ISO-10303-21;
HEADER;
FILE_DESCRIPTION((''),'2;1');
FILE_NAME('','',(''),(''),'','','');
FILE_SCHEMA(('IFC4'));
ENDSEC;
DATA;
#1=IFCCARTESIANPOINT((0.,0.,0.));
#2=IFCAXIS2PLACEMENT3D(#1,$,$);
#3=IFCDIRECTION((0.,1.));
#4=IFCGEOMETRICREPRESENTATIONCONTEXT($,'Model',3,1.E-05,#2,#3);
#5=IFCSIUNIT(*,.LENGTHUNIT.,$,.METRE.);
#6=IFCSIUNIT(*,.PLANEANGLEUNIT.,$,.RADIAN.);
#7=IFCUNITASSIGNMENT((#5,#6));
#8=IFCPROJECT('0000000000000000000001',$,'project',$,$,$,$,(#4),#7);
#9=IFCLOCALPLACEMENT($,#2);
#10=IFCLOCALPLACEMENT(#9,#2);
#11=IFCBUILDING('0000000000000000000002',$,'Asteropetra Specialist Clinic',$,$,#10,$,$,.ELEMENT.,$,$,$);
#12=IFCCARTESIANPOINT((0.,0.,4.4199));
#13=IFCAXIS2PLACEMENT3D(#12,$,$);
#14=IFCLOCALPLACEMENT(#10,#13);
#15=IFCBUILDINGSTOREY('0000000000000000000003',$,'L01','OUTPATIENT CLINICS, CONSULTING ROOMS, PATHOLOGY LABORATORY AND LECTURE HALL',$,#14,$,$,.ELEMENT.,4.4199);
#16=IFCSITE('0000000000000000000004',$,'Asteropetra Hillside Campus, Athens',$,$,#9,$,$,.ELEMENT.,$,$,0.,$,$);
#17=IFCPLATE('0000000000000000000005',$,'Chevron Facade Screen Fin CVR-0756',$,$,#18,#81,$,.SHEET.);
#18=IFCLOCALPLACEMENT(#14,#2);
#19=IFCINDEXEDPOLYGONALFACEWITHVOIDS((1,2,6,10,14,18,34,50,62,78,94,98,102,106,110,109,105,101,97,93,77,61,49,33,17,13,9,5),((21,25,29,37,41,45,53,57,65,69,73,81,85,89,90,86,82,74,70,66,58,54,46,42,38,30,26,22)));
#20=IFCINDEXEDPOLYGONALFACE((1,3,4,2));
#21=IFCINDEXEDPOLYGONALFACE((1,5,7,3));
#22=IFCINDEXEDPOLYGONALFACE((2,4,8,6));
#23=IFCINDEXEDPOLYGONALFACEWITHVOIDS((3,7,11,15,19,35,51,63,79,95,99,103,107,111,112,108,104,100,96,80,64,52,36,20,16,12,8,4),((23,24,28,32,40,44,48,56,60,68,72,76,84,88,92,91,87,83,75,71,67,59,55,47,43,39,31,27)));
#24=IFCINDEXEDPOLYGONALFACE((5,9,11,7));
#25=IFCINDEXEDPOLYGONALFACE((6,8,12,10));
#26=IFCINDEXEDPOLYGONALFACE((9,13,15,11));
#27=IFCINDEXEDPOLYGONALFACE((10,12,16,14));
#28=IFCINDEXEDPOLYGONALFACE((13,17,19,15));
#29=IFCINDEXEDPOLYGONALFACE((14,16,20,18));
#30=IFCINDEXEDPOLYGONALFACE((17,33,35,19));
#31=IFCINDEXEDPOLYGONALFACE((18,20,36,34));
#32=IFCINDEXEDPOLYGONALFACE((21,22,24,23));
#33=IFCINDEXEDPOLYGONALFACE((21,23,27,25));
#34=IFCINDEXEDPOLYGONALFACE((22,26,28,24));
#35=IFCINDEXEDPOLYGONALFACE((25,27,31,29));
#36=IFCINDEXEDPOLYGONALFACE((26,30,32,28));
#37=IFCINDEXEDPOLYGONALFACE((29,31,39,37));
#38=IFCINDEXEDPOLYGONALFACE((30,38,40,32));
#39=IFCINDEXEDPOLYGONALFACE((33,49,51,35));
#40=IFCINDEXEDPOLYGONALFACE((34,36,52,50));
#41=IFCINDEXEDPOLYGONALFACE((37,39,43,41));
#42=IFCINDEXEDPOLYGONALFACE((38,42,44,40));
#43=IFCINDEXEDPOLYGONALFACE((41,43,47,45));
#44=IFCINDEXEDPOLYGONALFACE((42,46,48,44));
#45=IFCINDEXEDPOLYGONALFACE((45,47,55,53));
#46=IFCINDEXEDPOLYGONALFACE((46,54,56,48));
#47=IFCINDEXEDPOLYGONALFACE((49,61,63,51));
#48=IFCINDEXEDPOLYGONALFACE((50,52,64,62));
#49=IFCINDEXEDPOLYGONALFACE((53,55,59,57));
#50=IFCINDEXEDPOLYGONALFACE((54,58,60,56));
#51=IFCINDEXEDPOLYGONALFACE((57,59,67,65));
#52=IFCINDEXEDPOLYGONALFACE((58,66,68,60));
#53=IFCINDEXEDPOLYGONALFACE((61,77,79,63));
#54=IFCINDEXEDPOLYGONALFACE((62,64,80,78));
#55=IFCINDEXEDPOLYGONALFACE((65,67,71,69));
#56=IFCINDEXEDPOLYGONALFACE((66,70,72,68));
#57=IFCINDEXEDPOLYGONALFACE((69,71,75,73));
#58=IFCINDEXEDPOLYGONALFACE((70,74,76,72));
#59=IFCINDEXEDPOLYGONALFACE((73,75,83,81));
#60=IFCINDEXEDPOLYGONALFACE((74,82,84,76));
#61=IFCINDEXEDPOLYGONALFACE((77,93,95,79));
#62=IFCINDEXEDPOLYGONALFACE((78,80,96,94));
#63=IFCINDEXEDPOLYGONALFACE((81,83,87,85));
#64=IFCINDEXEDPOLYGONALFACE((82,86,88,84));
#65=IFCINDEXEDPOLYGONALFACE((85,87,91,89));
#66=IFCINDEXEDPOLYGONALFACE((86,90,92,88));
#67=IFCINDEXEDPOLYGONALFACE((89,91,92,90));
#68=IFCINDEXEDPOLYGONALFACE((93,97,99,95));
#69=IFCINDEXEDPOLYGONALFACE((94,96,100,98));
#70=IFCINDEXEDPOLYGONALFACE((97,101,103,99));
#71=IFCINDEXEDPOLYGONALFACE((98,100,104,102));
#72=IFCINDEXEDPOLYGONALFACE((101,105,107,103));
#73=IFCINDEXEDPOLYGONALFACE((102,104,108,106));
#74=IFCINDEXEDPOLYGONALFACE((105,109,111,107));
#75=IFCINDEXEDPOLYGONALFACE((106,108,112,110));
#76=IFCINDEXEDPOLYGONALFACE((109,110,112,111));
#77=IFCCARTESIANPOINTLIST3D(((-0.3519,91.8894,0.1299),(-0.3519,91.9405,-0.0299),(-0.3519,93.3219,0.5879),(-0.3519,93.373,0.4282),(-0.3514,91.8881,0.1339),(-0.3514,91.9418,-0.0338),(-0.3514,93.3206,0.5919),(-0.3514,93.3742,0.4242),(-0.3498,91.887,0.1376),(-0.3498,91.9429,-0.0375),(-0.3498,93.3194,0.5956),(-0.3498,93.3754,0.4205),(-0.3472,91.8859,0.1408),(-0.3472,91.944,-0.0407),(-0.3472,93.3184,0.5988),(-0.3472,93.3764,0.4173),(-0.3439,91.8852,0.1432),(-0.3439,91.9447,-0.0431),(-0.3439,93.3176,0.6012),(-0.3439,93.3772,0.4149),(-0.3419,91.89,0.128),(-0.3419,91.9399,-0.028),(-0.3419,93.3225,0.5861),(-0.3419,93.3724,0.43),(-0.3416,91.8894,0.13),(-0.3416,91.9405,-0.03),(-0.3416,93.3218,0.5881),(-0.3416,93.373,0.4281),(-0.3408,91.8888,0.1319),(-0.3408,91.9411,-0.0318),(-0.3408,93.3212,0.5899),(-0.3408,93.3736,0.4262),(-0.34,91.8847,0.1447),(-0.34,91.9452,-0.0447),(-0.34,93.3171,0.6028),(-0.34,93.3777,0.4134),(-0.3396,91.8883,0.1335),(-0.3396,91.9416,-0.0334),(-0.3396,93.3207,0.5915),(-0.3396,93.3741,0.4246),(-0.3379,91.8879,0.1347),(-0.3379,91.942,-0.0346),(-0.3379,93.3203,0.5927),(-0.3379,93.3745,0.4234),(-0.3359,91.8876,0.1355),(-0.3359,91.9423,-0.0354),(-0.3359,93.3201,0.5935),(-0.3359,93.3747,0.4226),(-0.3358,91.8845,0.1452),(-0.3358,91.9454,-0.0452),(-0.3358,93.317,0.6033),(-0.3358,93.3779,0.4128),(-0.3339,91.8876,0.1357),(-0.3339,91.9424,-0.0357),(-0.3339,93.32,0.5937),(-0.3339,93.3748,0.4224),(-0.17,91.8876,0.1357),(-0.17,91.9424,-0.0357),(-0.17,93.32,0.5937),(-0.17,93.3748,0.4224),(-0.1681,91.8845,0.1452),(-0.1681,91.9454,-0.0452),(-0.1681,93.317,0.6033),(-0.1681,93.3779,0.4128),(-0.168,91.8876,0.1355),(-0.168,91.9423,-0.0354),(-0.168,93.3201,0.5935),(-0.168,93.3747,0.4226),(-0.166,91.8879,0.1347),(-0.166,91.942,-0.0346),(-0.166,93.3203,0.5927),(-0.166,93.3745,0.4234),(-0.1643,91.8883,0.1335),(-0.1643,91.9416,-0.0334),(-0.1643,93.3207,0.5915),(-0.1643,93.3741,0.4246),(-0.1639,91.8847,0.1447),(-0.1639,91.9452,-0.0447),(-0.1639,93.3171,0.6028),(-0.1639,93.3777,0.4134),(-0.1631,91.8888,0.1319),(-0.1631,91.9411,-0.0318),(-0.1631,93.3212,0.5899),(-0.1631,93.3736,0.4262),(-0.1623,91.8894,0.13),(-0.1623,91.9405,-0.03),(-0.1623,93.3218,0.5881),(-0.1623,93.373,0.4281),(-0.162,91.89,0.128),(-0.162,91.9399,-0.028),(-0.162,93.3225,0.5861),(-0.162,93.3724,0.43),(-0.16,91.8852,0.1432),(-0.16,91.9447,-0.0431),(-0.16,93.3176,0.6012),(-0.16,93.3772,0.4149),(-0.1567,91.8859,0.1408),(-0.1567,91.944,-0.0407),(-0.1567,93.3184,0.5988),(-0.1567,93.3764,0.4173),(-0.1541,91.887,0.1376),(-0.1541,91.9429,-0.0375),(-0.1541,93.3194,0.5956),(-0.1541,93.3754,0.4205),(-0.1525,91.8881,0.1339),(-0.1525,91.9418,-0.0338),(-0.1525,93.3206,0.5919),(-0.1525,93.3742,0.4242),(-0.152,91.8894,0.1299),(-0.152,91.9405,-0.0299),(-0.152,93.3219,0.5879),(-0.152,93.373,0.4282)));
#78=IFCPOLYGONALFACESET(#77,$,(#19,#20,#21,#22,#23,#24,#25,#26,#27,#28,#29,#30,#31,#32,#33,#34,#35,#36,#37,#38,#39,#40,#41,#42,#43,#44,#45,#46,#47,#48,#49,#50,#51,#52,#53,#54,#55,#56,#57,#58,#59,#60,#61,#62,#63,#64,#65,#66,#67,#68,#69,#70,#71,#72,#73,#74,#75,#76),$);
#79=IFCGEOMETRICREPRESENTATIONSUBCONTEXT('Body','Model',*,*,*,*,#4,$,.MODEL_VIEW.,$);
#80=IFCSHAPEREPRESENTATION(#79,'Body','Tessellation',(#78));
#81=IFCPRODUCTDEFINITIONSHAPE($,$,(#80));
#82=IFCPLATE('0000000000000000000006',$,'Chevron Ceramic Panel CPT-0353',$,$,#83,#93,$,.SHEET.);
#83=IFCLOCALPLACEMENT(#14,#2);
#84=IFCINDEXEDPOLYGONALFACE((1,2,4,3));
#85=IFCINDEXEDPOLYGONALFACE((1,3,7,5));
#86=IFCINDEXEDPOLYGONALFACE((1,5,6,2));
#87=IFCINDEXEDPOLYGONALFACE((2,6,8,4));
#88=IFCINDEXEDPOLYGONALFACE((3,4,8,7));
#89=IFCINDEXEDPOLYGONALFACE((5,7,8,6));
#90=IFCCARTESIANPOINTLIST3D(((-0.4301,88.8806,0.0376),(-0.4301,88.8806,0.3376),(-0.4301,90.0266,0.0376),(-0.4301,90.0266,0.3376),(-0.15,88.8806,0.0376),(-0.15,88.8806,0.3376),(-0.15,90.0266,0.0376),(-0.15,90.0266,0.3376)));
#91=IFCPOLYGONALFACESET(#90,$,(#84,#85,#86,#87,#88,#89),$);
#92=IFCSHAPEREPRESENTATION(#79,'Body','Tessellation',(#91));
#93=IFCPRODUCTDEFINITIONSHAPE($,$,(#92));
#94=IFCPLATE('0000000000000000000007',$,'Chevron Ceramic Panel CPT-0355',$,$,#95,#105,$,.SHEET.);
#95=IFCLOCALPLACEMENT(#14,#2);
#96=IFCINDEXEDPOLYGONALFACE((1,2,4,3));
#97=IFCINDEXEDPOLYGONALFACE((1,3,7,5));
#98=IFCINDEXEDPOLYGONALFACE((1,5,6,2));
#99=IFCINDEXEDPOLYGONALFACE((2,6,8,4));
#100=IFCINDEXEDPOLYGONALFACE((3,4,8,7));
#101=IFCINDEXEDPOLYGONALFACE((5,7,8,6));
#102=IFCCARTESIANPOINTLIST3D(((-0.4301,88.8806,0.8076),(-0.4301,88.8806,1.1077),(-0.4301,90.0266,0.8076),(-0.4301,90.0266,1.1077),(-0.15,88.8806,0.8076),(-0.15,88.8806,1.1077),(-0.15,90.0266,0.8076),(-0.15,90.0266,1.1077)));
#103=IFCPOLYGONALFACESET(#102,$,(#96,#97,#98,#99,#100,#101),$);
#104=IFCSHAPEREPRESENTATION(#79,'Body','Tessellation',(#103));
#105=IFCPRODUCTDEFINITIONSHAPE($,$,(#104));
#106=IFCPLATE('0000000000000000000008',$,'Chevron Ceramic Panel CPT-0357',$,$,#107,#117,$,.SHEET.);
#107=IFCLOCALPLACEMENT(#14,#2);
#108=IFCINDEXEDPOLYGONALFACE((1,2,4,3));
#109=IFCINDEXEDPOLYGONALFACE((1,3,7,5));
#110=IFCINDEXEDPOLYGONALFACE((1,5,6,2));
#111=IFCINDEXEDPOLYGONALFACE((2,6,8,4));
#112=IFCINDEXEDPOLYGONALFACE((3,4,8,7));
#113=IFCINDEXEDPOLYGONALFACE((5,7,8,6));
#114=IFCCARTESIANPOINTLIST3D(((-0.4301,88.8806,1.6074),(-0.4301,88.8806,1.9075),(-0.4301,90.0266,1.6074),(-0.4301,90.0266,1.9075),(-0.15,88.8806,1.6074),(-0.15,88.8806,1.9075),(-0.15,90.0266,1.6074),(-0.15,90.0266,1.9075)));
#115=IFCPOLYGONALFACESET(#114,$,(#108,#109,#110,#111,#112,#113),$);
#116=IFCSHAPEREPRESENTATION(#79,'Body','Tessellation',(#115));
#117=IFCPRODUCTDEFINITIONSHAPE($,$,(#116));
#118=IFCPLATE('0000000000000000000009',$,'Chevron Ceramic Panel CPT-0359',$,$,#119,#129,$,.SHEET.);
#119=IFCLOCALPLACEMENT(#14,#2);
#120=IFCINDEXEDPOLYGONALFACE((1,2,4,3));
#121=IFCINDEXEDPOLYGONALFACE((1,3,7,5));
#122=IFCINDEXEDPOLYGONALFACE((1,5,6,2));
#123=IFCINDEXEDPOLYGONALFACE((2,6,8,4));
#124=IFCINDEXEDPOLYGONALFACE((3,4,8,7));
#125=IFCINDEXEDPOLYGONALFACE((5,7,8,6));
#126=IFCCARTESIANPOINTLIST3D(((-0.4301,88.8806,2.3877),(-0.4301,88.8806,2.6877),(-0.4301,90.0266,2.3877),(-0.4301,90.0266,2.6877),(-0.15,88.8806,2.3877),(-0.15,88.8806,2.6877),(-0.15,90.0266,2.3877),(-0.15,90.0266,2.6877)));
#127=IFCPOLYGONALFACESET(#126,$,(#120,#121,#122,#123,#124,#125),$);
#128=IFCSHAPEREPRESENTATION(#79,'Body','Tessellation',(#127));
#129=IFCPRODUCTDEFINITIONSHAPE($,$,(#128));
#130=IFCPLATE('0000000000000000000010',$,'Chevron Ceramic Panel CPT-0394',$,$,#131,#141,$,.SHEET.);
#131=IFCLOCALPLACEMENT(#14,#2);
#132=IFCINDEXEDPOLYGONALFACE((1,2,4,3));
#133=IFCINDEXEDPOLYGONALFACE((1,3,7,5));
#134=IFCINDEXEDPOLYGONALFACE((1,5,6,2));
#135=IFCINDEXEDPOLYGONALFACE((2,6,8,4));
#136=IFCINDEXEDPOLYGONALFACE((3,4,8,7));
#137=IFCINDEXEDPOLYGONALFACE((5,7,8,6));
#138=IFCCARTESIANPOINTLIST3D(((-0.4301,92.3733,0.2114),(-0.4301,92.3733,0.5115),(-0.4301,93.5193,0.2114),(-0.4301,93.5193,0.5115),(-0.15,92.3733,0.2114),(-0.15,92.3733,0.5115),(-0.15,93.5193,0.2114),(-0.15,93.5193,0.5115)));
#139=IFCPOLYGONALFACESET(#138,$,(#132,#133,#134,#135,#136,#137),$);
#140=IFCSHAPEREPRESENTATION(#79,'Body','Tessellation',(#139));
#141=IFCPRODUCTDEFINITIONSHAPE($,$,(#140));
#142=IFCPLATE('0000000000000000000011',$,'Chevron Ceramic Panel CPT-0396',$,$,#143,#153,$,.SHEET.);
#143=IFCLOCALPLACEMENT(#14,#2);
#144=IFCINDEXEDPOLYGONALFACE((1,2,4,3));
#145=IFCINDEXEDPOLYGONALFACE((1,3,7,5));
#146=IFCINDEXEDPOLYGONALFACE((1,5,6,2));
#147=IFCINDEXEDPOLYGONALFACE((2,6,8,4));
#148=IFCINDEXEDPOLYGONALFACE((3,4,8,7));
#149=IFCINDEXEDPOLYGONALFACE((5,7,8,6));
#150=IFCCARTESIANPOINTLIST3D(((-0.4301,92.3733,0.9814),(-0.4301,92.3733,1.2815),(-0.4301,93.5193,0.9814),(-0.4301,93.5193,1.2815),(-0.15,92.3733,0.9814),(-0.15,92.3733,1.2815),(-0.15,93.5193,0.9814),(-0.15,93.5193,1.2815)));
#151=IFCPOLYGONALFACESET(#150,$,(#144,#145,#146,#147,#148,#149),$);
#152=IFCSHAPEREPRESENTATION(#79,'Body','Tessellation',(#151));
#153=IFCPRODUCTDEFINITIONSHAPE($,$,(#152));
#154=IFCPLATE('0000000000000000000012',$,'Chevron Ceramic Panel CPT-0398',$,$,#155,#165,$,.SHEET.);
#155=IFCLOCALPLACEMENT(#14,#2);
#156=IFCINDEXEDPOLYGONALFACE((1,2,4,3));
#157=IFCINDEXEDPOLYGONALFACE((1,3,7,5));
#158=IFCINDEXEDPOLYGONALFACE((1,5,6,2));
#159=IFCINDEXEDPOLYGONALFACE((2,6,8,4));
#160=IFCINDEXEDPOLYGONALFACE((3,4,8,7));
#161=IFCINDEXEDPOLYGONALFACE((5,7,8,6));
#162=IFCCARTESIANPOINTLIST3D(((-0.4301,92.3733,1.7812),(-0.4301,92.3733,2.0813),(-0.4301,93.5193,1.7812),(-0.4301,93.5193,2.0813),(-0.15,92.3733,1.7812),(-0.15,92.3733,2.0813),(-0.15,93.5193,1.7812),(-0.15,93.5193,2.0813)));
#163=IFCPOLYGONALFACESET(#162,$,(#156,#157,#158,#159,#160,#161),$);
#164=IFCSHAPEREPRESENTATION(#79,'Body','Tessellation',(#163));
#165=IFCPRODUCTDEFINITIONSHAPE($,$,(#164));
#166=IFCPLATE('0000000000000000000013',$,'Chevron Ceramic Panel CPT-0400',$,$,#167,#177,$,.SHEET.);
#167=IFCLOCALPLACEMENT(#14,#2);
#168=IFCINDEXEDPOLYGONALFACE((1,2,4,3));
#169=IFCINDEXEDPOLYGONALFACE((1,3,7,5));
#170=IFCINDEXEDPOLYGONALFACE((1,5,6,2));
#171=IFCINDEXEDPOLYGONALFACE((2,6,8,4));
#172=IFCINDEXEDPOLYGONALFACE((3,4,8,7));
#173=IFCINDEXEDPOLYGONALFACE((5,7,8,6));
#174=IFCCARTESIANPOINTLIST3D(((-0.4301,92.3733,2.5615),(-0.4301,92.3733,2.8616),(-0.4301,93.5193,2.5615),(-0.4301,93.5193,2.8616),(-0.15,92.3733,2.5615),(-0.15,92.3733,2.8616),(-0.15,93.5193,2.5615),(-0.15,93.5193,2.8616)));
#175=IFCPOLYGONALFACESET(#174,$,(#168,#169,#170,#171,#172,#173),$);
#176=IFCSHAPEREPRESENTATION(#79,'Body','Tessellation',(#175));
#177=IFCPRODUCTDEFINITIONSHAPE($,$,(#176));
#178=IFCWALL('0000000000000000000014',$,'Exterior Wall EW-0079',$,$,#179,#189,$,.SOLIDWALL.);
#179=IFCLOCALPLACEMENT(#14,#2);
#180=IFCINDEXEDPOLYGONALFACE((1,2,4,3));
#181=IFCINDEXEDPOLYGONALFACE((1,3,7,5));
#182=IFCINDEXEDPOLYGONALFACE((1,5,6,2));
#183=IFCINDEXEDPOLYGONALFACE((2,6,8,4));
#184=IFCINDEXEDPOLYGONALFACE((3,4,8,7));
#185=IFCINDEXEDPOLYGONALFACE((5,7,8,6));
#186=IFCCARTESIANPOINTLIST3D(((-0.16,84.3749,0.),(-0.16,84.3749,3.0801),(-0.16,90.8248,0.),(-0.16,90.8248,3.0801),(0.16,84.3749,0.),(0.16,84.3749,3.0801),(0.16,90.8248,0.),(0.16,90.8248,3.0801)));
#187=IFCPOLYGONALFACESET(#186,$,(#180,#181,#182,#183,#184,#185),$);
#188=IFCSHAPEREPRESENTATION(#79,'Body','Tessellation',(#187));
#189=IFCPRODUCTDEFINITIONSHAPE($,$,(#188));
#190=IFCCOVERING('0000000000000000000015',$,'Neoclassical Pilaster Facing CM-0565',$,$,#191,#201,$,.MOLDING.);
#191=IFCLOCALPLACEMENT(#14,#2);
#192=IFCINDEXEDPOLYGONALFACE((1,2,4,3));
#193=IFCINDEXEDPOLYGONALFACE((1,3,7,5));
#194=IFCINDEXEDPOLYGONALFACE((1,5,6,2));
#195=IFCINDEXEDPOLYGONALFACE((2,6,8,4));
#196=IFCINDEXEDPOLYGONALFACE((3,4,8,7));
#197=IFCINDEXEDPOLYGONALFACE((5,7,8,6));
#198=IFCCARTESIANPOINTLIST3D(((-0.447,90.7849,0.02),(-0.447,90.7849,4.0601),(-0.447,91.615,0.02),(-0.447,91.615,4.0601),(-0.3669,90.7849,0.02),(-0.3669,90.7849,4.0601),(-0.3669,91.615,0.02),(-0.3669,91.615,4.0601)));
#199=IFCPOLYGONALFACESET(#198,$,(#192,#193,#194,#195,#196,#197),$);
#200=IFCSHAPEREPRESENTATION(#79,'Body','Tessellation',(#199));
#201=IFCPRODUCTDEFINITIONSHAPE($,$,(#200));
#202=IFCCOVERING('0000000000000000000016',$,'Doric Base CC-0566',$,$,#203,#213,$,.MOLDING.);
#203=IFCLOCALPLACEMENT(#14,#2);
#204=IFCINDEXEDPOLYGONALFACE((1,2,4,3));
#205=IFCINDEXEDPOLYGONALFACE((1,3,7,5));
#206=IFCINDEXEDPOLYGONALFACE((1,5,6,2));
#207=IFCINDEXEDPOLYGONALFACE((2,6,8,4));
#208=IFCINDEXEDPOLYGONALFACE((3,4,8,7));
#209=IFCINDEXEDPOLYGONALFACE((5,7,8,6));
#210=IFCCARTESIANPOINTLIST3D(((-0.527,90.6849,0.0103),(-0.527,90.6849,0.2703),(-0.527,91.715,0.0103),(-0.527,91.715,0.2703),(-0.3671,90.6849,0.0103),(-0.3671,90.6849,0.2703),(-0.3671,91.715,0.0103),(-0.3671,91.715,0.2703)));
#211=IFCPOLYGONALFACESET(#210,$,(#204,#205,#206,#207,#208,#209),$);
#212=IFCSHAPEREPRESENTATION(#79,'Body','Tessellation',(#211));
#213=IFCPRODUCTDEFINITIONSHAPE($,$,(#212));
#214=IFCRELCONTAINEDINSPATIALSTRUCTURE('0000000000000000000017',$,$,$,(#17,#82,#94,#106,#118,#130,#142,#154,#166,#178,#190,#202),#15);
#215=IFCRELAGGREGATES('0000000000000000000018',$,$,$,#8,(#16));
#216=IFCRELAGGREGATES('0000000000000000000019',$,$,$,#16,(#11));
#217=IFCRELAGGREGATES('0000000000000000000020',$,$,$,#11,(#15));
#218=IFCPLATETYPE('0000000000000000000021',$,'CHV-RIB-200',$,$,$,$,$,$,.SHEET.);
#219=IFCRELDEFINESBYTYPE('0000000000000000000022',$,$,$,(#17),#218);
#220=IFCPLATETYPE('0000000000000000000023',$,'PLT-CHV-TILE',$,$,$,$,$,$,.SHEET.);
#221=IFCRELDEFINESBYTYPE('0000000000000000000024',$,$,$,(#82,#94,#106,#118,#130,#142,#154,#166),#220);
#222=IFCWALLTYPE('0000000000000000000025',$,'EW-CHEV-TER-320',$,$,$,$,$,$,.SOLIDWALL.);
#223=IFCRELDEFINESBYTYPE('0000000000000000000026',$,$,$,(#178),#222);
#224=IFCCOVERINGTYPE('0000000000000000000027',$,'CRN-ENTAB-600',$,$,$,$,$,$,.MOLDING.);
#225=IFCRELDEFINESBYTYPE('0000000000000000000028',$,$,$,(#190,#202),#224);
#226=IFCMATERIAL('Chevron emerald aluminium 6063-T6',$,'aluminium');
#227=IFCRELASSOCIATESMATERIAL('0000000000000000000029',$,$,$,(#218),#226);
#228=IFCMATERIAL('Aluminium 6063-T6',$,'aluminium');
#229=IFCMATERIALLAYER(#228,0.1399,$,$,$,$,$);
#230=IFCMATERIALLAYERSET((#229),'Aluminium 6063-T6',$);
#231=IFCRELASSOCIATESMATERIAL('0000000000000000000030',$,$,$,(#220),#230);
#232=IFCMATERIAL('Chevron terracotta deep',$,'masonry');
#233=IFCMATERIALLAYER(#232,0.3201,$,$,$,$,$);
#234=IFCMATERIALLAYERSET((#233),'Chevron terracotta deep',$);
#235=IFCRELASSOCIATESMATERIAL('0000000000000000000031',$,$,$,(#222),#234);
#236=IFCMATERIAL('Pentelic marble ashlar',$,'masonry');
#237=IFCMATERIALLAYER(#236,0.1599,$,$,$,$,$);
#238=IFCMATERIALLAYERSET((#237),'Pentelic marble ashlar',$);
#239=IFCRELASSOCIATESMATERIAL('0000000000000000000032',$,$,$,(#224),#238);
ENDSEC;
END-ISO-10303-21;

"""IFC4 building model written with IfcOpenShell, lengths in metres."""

from ifc_helpers import new_model, si_unit, direction, frame, frame_2d, origin, origin_2d, place, context, subcontext, project, spatial, rectangle, hollow_rectangle, extrude, material, layer, layer_set, material_profile, profile_set, type_object, element, save


model = new_model("IFC4")

# Units and contexts
model_context = context("Model", 3, precision=1e-05, world=origin(), true_north=direction((0.0, 1.0)))
body_context = subcontext(model_context, "Body", "Model", "MODEL_VIEW")
ifc_project = project(units=[si_unit("LENGTHUNIT", "METRE"), si_unit("PLANEANGLEUNIT", "RADIAN")], contexts=[model_context])

# Site, building, storey
site_placement = place(None, origin())
site = spatial("IfcSite", under=ifc_project, at=site_placement, Name="Asteropetra Hillside Campus, Athens", CompositionType="ELEMENT", RefElevation=0.0)
building_placement = place(site_placement, origin())
building = spatial("IfcBuilding", under=site, at=building_placement, Name="Asteropetra Specialist Clinic", CompositionType="ELEMENT")
storey_placement = place(building_placement, frame((0.0, 0.0, 4.4199)))
storey = spatial("IfcBuildingStorey", under=building, at=storey_placement, Name="L01", Description="OUTPATIENT CLINICS, CONSULTING ROOMS, PATHOLOGY LABORATORY AND LECTURE HALL", CompositionType="ELEMENT", Elevation=4.4199)

# Plates
ifc_material_1 = material(Name="Chevron emerald aluminium 6063-T6", Category="aluminium")
ifc_material_profile_1 = material_profile(ifc_material_1, hollow_rectangle(XDim=0.2, YDim=0.2, WallThickness=0.01, InnerFilletRadius=0.0081, OuterFilletRadius=0.0161, at=origin_2d()), Name="SHS 200x200x10.0")
ifc_profile_set_1 = profile_set([ifc_material_profile_1], Name="Chevron emerald aluminium 6063-T6")
plate_type_1 = type_object("IfcPlateType", Name="CHV-RIB-200", PredefinedType="SHEET", material=ifc_profile_set_1)
plate_placement = place(storey_placement, frame((-0.252, 93.3474, 0.5081), z_axis=(0.0, -0.952492, -0.304564), x_axis=(1.0, 0.0, 0.0)))
element("IfcPlate", 1, at=plate_placement, inside=storey, type_object=plate_type_1, Name="Chevron Facade Screen Fin CVR-0756", PredefinedType="SHEET", context=body_context, shape_type="SweptSolid", body=[
    extrude(hollow_rectangle(XDim=0.2, YDim=0.2, WallThickness=0.01, InnerFilletRadius=0.0081, OuterFilletRadius=0.0161, at=origin_2d()), origin(), (0.0, 0.0, 1.0), 1.5039),
])
ifc_material_2 = material(Name="Aluminium 6063-T6", Category="aluminium")
ifc_layer_1 = layer(ifc_material_2, 0.1399)
ifc_layer_set_1 = layer_set([ifc_layer_1], Name="Aluminium 6063-T6")
plate_type_2 = type_object("IfcPlateType", Name="PLT-CHV-TILE", PredefinedType="SHEET", material=ifc_layer_set_1)
for number, where, z_axis, x_axis, name in (
    (2, (-0.29, 89.4536, 0.0376), (0.0, 0.0, 1.0), (1.0, 0.0, 0.0), "Chevron Ceramic Panel CPT-0353"),
    (3, (-0.29, 89.4536, 0.8076), (0.0, 0.0, 1.0), (1.0, 0.0, 0.0), "Chevron Ceramic Panel CPT-0355"),
    (4, (-0.29, 89.4536, 1.6074), (0.0, 0.0, 1.0), (1.0, 0.0, 0.0), "Chevron Ceramic Panel CPT-0357"),
    (5, (-0.29, 89.4536, 2.3877), (0.0, 0.0, 1.0), (1.0, 0.0, 0.0), "Chevron Ceramic Panel CPT-0359"),
    (6, (-0.29, 92.9463, 0.2114), (0.0, 0.0, 1.0), (1.0, 0.0, 0.0), "Chevron Ceramic Panel CPT-0394"),
    (7, (-0.29, 92.9463, 0.9814), (0.0, 0.0, 1.0), (1.0, 0.0, 0.0), "Chevron Ceramic Panel CPT-0396"),
    (8, (-0.29, 92.9463, 1.7812), (0.0, 0.0, 1.0), (1.0, 0.0, 0.0), "Chevron Ceramic Panel CPT-0398"),
    (9, (-0.29, 92.9463, 2.5615), (0.0, 0.0, 1.0), (1.0, 0.0, 0.0), "Chevron Ceramic Panel CPT-0400"),
):
    element("IfcPlate", number, at=place(storey_placement, frame(where, z_axis=z_axis, x_axis=x_axis)), inside=storey, type_object=plate_type_2, Name=name, PredefinedType="SHEET", context=body_context, shape_type="SweptSolid", body=[
        extrude(rectangle(XDim=0.28, YDim=1.146, at=origin_2d()), origin(), (0.0, 0.0, 1.0), 0.3),
    ])

# Wall
ifc_material_3 = material(Name="Chevron terracotta deep", Category="masonry")
ifc_layer_2 = layer(ifc_material_3, 0.3201)
ifc_layer_set_2 = layer_set([ifc_layer_2], Name="Chevron terracotta deep")
wall_type = type_object("IfcWallType", Name="EW-CHEV-TER-320", PredefinedType="SOLIDWALL", material=ifc_layer_set_2)
wall_placement = place(storey_placement, frame((0.0, 90.825, 0.0), z_axis=(0.0, 0.0, 1.0), x_axis=(0.0, -1.0, 0.0)))
element("IfcWall", 10, at=wall_placement, inside=storey, type_object=wall_type, Name="Exterior Wall EW-0079", PredefinedType="SOLIDWALL", context=body_context, shape_type="SweptSolid", body=[
    extrude(rectangle(XDim=6.45, YDim=0.3201, at=frame_2d((3.2251, 0.0))), origin(), (0.0, 0.0, 1.0), 3.0801),
])

# Coverings
ifc_material_4 = material(Name="Pentelic marble ashlar", Category="masonry")
ifc_layer_3 = layer(ifc_material_4, 0.1599)
ifc_layer_set_3 = layer_set([ifc_layer_3], Name="Pentelic marble ashlar")
covering_type = type_object("IfcCoveringType", Name="CRN-ENTAB-600", PredefinedType="MOLDING", material=ifc_layer_set_3)
covering_1_placement = place(storey_placement, frame((-0.407, 91.2, 0.02), z_axis=(0.0, 0.0, 1.0), x_axis=(1.0, 0.0, 0.0)))
element("IfcCovering", 11, at=covering_1_placement, inside=storey, type_object=covering_type, Name="Neoclassical Pilaster Facing CM-0565", PredefinedType="MOLDING", context=body_context, shape_type="SweptSolid", body=[
    extrude(rectangle(XDim=0.0801, YDim=0.8301, at=origin_2d()), origin(), (0.0, 0.0, 1.0), 4.04),
])
for number, where, z_axis, x_axis, name in (
    (12, (-0.447, 91.2, 0.0103), (0.0, 0.0, 1.0), (1.0, 0.0, 0.0), "Doric Base CC-0566"),
):
    element("IfcCovering", number, at=place(storey_placement, frame(where, z_axis=z_axis, x_axis=x_axis)), inside=storey, type_object=covering_type, Name=name, PredefinedType="MOLDING", context=body_context, shape_type="SweptSolid", body=[
        extrude(rectangle(XDim=0.1599, YDim=1.03, at=origin_2d()), origin(), (0.0, 0.0, 1.0), 0.26),
    ])

save(model, "model.ifc")
